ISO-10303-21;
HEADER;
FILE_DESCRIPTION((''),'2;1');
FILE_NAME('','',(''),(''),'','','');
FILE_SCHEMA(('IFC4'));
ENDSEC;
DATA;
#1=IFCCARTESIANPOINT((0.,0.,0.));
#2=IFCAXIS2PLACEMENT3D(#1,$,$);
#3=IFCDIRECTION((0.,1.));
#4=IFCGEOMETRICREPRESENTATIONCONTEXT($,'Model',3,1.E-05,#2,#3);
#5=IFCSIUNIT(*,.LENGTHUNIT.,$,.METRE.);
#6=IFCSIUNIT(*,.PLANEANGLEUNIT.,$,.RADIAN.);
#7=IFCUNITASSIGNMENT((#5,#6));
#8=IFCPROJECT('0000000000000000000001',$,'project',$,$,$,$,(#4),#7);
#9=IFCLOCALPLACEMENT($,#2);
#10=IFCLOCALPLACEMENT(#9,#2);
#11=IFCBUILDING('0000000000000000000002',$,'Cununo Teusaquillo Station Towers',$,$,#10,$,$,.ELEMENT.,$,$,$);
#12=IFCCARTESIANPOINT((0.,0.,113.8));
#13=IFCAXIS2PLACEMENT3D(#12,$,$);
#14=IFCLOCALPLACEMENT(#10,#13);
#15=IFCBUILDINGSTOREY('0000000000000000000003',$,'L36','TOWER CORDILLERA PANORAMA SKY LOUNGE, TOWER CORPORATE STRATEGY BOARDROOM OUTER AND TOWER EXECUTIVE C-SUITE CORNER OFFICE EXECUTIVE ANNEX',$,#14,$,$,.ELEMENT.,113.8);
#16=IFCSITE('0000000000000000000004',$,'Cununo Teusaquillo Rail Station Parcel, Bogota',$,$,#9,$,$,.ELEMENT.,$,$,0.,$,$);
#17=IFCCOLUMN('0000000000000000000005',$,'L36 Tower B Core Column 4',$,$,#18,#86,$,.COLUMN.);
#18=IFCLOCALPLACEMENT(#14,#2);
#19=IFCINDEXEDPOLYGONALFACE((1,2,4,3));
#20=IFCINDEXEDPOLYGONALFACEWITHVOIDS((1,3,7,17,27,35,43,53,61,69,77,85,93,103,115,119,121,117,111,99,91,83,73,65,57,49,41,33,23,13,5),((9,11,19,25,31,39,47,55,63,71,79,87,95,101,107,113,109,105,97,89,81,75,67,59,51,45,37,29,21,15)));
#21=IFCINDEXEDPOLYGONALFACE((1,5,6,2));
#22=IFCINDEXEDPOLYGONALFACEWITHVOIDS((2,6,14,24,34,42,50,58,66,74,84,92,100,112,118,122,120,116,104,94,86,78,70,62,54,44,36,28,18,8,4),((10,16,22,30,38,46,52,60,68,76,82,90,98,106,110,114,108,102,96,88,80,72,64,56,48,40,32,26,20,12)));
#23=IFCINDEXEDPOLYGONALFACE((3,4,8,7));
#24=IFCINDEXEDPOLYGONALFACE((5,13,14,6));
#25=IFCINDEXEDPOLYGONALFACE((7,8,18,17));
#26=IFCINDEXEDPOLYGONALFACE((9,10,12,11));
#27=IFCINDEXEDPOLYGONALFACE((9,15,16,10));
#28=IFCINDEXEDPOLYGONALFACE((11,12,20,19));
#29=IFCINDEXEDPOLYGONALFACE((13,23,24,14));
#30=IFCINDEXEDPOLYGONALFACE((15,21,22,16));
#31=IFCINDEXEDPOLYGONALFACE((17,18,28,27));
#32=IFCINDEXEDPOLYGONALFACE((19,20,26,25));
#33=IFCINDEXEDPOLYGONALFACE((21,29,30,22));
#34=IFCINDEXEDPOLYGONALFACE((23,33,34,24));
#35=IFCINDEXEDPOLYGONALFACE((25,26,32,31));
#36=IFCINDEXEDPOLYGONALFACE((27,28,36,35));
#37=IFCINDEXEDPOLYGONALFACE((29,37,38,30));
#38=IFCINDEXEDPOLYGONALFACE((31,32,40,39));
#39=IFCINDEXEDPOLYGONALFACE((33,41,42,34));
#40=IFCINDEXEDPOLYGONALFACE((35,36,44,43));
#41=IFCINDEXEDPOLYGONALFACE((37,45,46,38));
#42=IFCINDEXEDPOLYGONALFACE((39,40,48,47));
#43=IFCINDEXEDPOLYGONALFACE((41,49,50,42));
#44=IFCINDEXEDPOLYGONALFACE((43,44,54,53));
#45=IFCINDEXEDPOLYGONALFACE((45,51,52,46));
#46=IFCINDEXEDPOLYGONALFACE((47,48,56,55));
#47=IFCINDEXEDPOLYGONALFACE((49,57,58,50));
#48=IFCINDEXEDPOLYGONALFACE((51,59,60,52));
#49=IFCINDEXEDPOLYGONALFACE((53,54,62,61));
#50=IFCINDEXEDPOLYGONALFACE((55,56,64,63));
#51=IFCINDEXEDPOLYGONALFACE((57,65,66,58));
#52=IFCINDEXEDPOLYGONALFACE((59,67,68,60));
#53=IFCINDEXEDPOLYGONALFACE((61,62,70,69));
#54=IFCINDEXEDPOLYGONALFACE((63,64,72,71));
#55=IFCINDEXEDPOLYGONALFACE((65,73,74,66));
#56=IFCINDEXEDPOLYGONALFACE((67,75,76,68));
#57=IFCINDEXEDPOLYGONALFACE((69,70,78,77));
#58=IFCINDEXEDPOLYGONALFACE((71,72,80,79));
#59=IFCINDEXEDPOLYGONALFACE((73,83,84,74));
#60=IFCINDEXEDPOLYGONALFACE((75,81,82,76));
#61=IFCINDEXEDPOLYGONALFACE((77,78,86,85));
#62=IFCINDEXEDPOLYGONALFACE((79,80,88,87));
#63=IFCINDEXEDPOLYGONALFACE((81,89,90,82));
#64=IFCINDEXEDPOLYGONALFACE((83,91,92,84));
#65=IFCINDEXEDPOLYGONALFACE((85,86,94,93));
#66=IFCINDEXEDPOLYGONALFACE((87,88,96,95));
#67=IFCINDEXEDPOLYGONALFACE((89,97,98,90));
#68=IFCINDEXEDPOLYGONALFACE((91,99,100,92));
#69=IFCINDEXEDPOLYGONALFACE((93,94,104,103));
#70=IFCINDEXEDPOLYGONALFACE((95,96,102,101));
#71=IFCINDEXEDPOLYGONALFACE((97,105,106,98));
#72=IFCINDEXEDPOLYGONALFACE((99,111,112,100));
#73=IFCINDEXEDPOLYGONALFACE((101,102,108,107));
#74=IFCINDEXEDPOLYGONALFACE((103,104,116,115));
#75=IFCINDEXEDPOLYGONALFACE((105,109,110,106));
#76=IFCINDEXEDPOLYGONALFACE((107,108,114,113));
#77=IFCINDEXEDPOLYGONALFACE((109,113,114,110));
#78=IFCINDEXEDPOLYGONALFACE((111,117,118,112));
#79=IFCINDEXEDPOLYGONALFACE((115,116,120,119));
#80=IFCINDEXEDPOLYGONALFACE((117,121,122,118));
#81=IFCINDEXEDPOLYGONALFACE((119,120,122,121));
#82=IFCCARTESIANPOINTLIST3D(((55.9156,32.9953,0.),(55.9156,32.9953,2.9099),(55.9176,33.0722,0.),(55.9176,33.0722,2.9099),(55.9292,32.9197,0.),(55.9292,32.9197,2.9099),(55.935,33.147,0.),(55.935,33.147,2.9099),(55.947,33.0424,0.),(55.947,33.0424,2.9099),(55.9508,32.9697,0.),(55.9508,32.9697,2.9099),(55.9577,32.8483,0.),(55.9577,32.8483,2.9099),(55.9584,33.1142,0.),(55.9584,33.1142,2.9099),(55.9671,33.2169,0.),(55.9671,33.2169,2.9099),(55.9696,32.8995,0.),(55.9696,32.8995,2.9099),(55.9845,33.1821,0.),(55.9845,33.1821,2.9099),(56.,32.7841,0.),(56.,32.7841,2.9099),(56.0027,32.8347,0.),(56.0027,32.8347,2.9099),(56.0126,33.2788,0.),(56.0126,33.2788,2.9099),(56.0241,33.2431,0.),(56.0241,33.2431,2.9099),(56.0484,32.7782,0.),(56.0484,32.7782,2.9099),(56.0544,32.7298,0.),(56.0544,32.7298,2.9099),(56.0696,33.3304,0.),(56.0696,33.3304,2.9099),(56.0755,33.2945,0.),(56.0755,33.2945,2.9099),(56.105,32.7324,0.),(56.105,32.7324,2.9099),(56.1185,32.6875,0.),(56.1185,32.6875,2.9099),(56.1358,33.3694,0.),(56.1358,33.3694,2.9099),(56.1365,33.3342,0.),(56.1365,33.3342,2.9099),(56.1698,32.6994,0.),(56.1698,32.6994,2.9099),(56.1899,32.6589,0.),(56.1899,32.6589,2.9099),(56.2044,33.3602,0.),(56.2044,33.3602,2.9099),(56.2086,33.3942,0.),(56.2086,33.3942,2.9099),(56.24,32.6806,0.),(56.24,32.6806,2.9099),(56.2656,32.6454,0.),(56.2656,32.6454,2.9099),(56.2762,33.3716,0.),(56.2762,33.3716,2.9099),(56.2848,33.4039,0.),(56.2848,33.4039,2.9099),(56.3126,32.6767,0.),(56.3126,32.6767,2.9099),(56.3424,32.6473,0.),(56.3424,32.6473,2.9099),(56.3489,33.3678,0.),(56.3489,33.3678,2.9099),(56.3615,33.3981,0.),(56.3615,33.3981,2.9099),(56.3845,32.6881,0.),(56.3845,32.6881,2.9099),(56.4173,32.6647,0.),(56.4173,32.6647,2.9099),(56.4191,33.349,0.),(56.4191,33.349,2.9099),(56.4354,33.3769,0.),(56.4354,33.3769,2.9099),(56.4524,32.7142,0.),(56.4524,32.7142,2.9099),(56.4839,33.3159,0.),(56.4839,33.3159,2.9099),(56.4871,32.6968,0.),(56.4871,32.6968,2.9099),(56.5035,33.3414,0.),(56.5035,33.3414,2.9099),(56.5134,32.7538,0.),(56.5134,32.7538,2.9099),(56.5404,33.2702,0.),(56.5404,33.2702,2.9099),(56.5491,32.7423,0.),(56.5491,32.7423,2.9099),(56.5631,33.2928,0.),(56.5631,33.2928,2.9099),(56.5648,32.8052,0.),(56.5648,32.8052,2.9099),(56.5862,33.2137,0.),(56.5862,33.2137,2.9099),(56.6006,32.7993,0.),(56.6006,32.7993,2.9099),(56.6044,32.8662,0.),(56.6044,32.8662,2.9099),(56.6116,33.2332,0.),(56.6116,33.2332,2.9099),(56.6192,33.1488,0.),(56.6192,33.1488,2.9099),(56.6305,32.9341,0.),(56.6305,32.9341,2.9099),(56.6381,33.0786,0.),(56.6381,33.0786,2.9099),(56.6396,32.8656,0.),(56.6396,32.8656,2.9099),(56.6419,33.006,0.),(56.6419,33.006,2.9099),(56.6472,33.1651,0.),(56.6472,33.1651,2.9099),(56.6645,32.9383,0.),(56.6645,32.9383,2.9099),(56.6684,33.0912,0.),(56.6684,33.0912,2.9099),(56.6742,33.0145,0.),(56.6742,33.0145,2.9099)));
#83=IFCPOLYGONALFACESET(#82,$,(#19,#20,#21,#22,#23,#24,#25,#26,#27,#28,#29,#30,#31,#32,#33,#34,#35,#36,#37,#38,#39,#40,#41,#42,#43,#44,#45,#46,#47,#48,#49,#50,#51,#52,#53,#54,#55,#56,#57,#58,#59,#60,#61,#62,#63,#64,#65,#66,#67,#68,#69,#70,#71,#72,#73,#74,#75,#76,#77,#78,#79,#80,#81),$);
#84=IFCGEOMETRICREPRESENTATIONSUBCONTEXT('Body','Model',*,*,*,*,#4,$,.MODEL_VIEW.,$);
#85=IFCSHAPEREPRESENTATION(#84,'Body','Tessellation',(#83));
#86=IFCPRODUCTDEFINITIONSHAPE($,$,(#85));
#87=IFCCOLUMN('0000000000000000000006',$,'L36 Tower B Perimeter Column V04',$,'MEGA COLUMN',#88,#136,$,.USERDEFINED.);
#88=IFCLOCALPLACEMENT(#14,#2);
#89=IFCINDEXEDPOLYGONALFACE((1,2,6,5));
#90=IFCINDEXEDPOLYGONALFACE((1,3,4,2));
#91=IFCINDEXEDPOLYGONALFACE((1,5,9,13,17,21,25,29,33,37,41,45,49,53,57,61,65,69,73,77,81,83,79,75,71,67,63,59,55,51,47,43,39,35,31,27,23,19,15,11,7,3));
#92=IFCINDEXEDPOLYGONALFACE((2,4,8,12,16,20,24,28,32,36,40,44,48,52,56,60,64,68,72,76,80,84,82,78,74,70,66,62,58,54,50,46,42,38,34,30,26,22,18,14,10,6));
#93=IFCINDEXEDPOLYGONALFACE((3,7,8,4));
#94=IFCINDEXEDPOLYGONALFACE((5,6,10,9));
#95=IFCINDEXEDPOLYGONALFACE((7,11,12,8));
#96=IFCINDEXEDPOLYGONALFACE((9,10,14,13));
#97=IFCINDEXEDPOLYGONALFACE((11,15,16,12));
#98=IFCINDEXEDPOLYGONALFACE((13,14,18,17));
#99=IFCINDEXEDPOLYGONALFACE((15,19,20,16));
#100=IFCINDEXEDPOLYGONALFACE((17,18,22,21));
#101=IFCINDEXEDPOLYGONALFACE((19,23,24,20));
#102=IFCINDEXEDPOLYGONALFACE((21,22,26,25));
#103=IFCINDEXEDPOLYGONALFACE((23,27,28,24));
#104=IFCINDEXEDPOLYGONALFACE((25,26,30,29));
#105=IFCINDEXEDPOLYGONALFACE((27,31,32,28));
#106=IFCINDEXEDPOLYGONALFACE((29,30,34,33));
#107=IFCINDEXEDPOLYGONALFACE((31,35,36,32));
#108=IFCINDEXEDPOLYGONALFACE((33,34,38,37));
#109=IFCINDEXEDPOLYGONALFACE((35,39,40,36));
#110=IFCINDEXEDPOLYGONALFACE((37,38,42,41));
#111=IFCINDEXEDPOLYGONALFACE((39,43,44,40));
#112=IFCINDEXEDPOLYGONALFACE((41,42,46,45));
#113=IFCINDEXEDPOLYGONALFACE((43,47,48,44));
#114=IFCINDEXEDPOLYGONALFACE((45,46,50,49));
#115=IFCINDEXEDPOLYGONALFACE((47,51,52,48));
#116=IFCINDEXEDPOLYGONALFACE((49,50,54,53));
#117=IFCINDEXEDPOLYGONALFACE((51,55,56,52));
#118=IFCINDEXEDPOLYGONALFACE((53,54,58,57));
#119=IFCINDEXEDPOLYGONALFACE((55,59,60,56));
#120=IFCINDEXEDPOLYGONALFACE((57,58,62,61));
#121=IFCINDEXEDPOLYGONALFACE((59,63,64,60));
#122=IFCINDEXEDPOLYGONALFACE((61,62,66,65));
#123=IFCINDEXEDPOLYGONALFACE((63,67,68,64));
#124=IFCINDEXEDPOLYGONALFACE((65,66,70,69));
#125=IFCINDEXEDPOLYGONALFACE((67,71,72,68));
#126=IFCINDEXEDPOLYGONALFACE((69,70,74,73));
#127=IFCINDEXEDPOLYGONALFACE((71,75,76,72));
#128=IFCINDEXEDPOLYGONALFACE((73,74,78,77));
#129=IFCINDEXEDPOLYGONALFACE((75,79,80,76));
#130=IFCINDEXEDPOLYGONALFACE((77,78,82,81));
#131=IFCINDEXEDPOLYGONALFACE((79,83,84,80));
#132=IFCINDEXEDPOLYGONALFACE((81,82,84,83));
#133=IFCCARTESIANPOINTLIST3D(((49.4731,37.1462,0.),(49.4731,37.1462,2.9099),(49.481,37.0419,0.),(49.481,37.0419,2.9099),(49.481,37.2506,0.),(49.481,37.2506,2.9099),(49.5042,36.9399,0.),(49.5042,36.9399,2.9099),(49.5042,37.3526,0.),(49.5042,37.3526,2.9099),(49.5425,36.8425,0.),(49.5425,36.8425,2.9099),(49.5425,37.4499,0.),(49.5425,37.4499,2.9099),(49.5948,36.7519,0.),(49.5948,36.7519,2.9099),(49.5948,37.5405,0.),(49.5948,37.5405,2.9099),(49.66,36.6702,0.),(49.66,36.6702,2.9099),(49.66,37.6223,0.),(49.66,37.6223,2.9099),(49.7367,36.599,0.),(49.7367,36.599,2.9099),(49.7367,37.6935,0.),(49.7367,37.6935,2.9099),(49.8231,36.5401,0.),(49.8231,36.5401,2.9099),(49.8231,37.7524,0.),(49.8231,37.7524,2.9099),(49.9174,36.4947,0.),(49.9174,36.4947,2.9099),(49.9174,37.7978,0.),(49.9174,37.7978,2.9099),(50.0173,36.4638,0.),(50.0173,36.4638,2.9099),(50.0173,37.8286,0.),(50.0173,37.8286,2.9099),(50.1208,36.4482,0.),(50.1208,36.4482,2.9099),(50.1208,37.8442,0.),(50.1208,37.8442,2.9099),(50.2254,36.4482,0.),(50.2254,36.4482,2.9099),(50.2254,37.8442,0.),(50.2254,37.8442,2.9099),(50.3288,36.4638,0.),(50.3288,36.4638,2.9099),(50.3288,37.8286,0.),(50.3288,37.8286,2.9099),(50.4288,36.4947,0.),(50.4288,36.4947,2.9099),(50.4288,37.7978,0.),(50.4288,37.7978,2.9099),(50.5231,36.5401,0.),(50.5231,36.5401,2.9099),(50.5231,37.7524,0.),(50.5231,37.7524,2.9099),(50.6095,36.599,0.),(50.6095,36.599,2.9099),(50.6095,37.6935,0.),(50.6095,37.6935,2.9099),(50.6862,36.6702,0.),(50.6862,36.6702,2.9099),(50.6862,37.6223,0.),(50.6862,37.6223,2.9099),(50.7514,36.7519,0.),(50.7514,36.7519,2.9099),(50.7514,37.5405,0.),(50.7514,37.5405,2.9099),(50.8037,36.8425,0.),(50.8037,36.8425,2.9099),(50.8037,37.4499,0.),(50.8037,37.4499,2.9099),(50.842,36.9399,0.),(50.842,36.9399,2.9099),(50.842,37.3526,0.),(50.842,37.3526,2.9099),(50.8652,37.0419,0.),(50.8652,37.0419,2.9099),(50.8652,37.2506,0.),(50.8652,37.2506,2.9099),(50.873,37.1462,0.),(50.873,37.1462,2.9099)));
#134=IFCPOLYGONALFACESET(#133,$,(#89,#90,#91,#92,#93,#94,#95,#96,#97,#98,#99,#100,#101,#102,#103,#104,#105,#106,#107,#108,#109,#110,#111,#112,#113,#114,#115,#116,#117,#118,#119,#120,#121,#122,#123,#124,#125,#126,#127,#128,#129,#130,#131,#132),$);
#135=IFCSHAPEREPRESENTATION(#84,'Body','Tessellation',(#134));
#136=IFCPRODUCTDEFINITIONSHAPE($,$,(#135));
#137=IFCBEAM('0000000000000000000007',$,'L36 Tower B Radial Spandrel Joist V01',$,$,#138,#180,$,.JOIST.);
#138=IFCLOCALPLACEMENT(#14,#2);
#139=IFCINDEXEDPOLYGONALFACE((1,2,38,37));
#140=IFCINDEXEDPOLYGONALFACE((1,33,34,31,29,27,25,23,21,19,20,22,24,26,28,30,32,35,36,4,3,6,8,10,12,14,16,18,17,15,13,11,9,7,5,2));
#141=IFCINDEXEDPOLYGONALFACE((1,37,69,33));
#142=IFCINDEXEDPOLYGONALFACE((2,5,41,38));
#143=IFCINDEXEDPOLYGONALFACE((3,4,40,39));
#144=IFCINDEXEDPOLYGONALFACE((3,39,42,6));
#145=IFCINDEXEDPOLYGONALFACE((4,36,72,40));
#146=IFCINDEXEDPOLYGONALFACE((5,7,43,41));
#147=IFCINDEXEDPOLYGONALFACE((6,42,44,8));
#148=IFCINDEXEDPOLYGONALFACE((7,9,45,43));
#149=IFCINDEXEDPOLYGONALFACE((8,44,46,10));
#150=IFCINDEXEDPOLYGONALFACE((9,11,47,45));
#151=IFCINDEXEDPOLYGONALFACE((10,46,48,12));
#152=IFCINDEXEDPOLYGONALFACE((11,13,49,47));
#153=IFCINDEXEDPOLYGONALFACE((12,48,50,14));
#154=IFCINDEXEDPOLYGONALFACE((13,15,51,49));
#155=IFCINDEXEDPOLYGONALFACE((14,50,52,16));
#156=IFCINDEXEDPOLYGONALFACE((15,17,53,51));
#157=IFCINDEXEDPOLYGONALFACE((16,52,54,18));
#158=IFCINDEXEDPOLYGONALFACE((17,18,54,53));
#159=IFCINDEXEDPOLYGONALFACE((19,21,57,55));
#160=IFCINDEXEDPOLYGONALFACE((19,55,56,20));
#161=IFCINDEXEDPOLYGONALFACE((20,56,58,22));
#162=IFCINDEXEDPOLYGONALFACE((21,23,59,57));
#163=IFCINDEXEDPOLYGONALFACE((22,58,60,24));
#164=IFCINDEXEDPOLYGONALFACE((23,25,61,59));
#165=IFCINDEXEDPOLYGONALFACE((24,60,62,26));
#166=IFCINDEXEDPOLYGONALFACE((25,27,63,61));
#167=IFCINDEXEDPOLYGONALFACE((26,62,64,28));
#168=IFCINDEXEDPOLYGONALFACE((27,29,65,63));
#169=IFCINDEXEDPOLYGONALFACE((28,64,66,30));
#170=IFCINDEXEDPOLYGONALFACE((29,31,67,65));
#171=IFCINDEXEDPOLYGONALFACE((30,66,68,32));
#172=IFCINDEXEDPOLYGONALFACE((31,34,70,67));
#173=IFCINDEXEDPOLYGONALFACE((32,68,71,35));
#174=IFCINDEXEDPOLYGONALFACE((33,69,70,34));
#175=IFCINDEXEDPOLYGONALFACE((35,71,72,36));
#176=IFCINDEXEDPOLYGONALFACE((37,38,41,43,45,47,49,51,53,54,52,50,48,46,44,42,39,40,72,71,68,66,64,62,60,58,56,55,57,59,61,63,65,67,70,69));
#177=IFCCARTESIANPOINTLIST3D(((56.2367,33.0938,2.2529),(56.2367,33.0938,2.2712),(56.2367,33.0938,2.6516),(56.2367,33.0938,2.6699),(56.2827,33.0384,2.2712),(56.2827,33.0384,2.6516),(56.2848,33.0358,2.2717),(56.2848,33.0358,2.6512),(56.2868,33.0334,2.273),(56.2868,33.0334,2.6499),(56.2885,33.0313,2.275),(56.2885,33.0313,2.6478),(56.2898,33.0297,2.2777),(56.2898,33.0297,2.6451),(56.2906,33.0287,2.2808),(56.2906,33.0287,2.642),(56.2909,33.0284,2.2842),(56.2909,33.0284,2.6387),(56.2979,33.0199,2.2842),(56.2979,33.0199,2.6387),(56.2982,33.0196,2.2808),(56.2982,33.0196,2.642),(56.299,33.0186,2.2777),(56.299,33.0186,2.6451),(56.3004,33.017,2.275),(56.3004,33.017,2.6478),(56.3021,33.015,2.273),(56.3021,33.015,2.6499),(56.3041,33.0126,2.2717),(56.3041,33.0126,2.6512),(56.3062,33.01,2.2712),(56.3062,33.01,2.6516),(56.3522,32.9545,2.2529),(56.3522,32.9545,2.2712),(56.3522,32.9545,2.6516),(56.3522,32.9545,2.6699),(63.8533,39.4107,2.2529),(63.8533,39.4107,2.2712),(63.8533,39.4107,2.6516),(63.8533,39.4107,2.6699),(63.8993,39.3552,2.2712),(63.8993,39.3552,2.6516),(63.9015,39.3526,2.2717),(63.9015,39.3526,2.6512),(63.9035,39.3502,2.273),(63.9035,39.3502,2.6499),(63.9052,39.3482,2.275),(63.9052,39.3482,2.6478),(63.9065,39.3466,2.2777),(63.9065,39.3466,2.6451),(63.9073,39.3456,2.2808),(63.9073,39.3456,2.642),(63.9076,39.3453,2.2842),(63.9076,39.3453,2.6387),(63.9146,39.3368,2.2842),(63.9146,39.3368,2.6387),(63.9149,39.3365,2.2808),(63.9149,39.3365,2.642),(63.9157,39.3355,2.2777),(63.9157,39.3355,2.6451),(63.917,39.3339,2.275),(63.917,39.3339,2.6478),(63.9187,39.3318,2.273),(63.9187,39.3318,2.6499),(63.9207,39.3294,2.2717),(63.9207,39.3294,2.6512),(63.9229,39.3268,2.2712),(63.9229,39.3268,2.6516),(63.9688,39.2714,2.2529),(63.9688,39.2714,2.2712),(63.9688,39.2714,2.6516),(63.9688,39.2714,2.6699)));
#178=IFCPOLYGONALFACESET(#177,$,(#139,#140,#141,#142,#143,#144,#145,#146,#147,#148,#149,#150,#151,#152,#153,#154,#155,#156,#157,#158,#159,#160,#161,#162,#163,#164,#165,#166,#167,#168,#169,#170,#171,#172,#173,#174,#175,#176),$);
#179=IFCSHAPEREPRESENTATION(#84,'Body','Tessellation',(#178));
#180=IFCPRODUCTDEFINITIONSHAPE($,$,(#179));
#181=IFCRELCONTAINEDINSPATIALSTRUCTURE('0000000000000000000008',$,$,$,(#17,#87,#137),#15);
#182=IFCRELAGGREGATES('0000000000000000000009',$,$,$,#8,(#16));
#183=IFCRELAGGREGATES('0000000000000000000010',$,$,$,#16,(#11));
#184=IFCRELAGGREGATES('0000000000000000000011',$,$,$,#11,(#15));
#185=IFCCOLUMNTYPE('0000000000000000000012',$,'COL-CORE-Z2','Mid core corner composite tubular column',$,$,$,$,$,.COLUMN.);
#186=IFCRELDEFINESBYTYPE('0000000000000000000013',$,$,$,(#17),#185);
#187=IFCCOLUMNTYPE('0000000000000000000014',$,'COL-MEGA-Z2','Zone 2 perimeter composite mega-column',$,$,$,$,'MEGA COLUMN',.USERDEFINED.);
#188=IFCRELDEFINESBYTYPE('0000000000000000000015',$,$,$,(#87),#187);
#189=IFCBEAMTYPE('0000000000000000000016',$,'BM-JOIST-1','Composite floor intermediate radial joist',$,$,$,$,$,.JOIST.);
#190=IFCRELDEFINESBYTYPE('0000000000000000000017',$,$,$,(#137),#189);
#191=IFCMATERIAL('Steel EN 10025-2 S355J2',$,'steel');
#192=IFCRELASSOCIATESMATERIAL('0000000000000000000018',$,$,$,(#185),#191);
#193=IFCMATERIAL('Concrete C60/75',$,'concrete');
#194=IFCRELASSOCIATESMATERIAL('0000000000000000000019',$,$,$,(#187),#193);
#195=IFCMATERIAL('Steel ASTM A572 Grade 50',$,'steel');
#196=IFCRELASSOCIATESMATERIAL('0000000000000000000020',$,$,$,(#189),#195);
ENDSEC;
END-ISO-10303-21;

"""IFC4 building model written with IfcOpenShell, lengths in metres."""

from ifc_helpers import new_model, si_unit, direction, frame, origin, origin_2d, place, context, subcontext, project, spatial, circle, hollow_circle, i_section, extrude, material, material_profile, profile_set, type_object, element, save


model = new_model("IFC4")

# Units and contexts
model_context = context("Model", 3, precision=1e-05, world=origin(), true_north=direction((0.0, 1.0)))
body_context = subcontext(model_context, "Body", "Model", "MODEL_VIEW")
ifc_project = project(units=[si_unit("LENGTHUNIT", "METRE"), si_unit("PLANEANGLEUNIT", "RADIAN")], contexts=[model_context])

# Site, building, storey
site_placement = place(None, origin())
site = spatial("IfcSite", under=ifc_project, at=site_placement, Name="Cununo Teusaquillo Rail Station Parcel, Bogota", CompositionType="ELEMENT", RefElevation=0.0)
building_placement = place(site_placement, origin())
building = spatial("IfcBuilding", under=site, at=building_placement, Name="Cununo Teusaquillo Station Towers", CompositionType="ELEMENT")
storey_placement = place(building_placement, frame((0.0, 0.0, 113.8)))
storey = spatial("IfcBuildingStorey", under=building, at=storey_placement, Name="L36", Description="TOWER CORDILLERA PANORAMA SKY LOUNGE, TOWER CORPORATE STRATEGY BOARDROOM OUTER AND TOWER EXECUTIVE C-SUITE CORNER OFFICE EXECUTIVE ANNEX", CompositionType="ELEMENT", Elevation=113.8)

# Columns
ifc_material_1 = material(Name="Steel EN 10025-2 S355J2", Category="steel")
ifc_material_profile_1 = material_profile(ifc_material_1, hollow_circle(Radius=0.3799, WallThickness=0.032, at=origin_2d()), Name="CHS 760x32")
ifc_profile_set_1 = profile_set([ifc_material_profile_1], Name="Steel EN 10025-2 S355J2")
column_type_1 = type_object("IfcColumnType", Name="COL-CORE-Z2", Description="Mid core corner composite tubular column", PredefinedType="COLUMN", material=ifc_profile_set_1)
column_1_placement = place(storey_placement, frame((56.2944, 33.0242, 0.0), z_axis=(0.0, 0.0, 1.0), x_axis=(0.707107, 0.707107, 0.0)))
element("IfcColumn", 1, at=column_1_placement, inside=storey, type_object=column_type_1, Name="L36 Tower B Core Column 4", PredefinedType="COLUMN", context=body_context, shape_type="SweptSolid", body=[
    extrude(hollow_circle(Radius=0.3799, WallThickness=0.032, at=origin_2d()), origin(), (0.0, 0.0, 1.0), 2.9099),
])
ifc_material_2 = material(Name="Concrete C60/75", Category="concrete")
ifc_material_profile_2 = material_profile(ifc_material_2, circle(Radius=0.7, at=origin_2d()), Name="RC-CIRC-1400")
ifc_profile_set_2 = profile_set([ifc_material_profile_2], Name="Concrete C60/75")
column_type_2 = type_object("IfcColumnType", Name="COL-MEGA-Z2", Description="Zone 2 perimeter composite mega-column", ElementType="MEGA COLUMN", PredefinedType="USERDEFINED", material=ifc_profile_set_2)
column_2_placement = place(storey_placement, frame((50.1731, 37.1462, 0.0), z_axis=(0.0, 0.0, 1.0), x_axis=(1.0, 0.0, 0.0)))
element("IfcColumn", 2, at=column_2_placement, inside=storey, type_object=column_type_2, Name="L36 Tower B Perimeter Column V04", ObjectType="MEGA COLUMN", PredefinedType="USERDEFINED", context=body_context, shape_type="SweptSolid", body=[
    extrude(circle(Radius=0.7, at=origin_2d()), origin(), (0.0, 0.0, 1.0), 2.9099),
])

# Beam
ifc_material_3 = material(Name="Steel ASTM A572 Grade 50", Category="steel")
ifc_material_profile_3 = material_profile(ifc_material_3, i_section(OverallWidth=0.1809, OverallDepth=0.417, WebThickness=0.011, FlangeThickness=0.0183, FilletRadius=0.0129, at=origin_2d()), Name="W16X57")
ifc_profile_set_3 = profile_set([ifc_material_profile_3], Name="Steel ASTM A572 Grade 50")
beam_type_1 = type_object("IfcBeamType", Name="BM-JOIST-1", Description="Composite floor intermediate radial joist", PredefinedType="JOIST", material=ifc_profile_set_3)
beam_1_placement = place(storey_placement, frame((56.2944, 33.0242, 2.4614), z_axis=(0.769728, 0.638372, 0.0), x_axis=(-0.638372, 0.769728, 0.0)))
element("IfcBeam", 3, at=beam_1_placement, inside=storey, type_object=beam_type_1, Name="L36 Tower B Radial Spandrel Joist V01", PredefinedType="JOIST", context=body_context, shape_type="SweptSolid", body=[
    extrude(i_section(OverallWidth=0.1809, OverallDepth=0.417, WebThickness=0.011, FlangeThickness=0.0183, FilletRadius=0.0129, at=origin_2d()), origin(), (0.0, 0.0, 1.0), 9.8953),
])

save(model, "model.ifc")
